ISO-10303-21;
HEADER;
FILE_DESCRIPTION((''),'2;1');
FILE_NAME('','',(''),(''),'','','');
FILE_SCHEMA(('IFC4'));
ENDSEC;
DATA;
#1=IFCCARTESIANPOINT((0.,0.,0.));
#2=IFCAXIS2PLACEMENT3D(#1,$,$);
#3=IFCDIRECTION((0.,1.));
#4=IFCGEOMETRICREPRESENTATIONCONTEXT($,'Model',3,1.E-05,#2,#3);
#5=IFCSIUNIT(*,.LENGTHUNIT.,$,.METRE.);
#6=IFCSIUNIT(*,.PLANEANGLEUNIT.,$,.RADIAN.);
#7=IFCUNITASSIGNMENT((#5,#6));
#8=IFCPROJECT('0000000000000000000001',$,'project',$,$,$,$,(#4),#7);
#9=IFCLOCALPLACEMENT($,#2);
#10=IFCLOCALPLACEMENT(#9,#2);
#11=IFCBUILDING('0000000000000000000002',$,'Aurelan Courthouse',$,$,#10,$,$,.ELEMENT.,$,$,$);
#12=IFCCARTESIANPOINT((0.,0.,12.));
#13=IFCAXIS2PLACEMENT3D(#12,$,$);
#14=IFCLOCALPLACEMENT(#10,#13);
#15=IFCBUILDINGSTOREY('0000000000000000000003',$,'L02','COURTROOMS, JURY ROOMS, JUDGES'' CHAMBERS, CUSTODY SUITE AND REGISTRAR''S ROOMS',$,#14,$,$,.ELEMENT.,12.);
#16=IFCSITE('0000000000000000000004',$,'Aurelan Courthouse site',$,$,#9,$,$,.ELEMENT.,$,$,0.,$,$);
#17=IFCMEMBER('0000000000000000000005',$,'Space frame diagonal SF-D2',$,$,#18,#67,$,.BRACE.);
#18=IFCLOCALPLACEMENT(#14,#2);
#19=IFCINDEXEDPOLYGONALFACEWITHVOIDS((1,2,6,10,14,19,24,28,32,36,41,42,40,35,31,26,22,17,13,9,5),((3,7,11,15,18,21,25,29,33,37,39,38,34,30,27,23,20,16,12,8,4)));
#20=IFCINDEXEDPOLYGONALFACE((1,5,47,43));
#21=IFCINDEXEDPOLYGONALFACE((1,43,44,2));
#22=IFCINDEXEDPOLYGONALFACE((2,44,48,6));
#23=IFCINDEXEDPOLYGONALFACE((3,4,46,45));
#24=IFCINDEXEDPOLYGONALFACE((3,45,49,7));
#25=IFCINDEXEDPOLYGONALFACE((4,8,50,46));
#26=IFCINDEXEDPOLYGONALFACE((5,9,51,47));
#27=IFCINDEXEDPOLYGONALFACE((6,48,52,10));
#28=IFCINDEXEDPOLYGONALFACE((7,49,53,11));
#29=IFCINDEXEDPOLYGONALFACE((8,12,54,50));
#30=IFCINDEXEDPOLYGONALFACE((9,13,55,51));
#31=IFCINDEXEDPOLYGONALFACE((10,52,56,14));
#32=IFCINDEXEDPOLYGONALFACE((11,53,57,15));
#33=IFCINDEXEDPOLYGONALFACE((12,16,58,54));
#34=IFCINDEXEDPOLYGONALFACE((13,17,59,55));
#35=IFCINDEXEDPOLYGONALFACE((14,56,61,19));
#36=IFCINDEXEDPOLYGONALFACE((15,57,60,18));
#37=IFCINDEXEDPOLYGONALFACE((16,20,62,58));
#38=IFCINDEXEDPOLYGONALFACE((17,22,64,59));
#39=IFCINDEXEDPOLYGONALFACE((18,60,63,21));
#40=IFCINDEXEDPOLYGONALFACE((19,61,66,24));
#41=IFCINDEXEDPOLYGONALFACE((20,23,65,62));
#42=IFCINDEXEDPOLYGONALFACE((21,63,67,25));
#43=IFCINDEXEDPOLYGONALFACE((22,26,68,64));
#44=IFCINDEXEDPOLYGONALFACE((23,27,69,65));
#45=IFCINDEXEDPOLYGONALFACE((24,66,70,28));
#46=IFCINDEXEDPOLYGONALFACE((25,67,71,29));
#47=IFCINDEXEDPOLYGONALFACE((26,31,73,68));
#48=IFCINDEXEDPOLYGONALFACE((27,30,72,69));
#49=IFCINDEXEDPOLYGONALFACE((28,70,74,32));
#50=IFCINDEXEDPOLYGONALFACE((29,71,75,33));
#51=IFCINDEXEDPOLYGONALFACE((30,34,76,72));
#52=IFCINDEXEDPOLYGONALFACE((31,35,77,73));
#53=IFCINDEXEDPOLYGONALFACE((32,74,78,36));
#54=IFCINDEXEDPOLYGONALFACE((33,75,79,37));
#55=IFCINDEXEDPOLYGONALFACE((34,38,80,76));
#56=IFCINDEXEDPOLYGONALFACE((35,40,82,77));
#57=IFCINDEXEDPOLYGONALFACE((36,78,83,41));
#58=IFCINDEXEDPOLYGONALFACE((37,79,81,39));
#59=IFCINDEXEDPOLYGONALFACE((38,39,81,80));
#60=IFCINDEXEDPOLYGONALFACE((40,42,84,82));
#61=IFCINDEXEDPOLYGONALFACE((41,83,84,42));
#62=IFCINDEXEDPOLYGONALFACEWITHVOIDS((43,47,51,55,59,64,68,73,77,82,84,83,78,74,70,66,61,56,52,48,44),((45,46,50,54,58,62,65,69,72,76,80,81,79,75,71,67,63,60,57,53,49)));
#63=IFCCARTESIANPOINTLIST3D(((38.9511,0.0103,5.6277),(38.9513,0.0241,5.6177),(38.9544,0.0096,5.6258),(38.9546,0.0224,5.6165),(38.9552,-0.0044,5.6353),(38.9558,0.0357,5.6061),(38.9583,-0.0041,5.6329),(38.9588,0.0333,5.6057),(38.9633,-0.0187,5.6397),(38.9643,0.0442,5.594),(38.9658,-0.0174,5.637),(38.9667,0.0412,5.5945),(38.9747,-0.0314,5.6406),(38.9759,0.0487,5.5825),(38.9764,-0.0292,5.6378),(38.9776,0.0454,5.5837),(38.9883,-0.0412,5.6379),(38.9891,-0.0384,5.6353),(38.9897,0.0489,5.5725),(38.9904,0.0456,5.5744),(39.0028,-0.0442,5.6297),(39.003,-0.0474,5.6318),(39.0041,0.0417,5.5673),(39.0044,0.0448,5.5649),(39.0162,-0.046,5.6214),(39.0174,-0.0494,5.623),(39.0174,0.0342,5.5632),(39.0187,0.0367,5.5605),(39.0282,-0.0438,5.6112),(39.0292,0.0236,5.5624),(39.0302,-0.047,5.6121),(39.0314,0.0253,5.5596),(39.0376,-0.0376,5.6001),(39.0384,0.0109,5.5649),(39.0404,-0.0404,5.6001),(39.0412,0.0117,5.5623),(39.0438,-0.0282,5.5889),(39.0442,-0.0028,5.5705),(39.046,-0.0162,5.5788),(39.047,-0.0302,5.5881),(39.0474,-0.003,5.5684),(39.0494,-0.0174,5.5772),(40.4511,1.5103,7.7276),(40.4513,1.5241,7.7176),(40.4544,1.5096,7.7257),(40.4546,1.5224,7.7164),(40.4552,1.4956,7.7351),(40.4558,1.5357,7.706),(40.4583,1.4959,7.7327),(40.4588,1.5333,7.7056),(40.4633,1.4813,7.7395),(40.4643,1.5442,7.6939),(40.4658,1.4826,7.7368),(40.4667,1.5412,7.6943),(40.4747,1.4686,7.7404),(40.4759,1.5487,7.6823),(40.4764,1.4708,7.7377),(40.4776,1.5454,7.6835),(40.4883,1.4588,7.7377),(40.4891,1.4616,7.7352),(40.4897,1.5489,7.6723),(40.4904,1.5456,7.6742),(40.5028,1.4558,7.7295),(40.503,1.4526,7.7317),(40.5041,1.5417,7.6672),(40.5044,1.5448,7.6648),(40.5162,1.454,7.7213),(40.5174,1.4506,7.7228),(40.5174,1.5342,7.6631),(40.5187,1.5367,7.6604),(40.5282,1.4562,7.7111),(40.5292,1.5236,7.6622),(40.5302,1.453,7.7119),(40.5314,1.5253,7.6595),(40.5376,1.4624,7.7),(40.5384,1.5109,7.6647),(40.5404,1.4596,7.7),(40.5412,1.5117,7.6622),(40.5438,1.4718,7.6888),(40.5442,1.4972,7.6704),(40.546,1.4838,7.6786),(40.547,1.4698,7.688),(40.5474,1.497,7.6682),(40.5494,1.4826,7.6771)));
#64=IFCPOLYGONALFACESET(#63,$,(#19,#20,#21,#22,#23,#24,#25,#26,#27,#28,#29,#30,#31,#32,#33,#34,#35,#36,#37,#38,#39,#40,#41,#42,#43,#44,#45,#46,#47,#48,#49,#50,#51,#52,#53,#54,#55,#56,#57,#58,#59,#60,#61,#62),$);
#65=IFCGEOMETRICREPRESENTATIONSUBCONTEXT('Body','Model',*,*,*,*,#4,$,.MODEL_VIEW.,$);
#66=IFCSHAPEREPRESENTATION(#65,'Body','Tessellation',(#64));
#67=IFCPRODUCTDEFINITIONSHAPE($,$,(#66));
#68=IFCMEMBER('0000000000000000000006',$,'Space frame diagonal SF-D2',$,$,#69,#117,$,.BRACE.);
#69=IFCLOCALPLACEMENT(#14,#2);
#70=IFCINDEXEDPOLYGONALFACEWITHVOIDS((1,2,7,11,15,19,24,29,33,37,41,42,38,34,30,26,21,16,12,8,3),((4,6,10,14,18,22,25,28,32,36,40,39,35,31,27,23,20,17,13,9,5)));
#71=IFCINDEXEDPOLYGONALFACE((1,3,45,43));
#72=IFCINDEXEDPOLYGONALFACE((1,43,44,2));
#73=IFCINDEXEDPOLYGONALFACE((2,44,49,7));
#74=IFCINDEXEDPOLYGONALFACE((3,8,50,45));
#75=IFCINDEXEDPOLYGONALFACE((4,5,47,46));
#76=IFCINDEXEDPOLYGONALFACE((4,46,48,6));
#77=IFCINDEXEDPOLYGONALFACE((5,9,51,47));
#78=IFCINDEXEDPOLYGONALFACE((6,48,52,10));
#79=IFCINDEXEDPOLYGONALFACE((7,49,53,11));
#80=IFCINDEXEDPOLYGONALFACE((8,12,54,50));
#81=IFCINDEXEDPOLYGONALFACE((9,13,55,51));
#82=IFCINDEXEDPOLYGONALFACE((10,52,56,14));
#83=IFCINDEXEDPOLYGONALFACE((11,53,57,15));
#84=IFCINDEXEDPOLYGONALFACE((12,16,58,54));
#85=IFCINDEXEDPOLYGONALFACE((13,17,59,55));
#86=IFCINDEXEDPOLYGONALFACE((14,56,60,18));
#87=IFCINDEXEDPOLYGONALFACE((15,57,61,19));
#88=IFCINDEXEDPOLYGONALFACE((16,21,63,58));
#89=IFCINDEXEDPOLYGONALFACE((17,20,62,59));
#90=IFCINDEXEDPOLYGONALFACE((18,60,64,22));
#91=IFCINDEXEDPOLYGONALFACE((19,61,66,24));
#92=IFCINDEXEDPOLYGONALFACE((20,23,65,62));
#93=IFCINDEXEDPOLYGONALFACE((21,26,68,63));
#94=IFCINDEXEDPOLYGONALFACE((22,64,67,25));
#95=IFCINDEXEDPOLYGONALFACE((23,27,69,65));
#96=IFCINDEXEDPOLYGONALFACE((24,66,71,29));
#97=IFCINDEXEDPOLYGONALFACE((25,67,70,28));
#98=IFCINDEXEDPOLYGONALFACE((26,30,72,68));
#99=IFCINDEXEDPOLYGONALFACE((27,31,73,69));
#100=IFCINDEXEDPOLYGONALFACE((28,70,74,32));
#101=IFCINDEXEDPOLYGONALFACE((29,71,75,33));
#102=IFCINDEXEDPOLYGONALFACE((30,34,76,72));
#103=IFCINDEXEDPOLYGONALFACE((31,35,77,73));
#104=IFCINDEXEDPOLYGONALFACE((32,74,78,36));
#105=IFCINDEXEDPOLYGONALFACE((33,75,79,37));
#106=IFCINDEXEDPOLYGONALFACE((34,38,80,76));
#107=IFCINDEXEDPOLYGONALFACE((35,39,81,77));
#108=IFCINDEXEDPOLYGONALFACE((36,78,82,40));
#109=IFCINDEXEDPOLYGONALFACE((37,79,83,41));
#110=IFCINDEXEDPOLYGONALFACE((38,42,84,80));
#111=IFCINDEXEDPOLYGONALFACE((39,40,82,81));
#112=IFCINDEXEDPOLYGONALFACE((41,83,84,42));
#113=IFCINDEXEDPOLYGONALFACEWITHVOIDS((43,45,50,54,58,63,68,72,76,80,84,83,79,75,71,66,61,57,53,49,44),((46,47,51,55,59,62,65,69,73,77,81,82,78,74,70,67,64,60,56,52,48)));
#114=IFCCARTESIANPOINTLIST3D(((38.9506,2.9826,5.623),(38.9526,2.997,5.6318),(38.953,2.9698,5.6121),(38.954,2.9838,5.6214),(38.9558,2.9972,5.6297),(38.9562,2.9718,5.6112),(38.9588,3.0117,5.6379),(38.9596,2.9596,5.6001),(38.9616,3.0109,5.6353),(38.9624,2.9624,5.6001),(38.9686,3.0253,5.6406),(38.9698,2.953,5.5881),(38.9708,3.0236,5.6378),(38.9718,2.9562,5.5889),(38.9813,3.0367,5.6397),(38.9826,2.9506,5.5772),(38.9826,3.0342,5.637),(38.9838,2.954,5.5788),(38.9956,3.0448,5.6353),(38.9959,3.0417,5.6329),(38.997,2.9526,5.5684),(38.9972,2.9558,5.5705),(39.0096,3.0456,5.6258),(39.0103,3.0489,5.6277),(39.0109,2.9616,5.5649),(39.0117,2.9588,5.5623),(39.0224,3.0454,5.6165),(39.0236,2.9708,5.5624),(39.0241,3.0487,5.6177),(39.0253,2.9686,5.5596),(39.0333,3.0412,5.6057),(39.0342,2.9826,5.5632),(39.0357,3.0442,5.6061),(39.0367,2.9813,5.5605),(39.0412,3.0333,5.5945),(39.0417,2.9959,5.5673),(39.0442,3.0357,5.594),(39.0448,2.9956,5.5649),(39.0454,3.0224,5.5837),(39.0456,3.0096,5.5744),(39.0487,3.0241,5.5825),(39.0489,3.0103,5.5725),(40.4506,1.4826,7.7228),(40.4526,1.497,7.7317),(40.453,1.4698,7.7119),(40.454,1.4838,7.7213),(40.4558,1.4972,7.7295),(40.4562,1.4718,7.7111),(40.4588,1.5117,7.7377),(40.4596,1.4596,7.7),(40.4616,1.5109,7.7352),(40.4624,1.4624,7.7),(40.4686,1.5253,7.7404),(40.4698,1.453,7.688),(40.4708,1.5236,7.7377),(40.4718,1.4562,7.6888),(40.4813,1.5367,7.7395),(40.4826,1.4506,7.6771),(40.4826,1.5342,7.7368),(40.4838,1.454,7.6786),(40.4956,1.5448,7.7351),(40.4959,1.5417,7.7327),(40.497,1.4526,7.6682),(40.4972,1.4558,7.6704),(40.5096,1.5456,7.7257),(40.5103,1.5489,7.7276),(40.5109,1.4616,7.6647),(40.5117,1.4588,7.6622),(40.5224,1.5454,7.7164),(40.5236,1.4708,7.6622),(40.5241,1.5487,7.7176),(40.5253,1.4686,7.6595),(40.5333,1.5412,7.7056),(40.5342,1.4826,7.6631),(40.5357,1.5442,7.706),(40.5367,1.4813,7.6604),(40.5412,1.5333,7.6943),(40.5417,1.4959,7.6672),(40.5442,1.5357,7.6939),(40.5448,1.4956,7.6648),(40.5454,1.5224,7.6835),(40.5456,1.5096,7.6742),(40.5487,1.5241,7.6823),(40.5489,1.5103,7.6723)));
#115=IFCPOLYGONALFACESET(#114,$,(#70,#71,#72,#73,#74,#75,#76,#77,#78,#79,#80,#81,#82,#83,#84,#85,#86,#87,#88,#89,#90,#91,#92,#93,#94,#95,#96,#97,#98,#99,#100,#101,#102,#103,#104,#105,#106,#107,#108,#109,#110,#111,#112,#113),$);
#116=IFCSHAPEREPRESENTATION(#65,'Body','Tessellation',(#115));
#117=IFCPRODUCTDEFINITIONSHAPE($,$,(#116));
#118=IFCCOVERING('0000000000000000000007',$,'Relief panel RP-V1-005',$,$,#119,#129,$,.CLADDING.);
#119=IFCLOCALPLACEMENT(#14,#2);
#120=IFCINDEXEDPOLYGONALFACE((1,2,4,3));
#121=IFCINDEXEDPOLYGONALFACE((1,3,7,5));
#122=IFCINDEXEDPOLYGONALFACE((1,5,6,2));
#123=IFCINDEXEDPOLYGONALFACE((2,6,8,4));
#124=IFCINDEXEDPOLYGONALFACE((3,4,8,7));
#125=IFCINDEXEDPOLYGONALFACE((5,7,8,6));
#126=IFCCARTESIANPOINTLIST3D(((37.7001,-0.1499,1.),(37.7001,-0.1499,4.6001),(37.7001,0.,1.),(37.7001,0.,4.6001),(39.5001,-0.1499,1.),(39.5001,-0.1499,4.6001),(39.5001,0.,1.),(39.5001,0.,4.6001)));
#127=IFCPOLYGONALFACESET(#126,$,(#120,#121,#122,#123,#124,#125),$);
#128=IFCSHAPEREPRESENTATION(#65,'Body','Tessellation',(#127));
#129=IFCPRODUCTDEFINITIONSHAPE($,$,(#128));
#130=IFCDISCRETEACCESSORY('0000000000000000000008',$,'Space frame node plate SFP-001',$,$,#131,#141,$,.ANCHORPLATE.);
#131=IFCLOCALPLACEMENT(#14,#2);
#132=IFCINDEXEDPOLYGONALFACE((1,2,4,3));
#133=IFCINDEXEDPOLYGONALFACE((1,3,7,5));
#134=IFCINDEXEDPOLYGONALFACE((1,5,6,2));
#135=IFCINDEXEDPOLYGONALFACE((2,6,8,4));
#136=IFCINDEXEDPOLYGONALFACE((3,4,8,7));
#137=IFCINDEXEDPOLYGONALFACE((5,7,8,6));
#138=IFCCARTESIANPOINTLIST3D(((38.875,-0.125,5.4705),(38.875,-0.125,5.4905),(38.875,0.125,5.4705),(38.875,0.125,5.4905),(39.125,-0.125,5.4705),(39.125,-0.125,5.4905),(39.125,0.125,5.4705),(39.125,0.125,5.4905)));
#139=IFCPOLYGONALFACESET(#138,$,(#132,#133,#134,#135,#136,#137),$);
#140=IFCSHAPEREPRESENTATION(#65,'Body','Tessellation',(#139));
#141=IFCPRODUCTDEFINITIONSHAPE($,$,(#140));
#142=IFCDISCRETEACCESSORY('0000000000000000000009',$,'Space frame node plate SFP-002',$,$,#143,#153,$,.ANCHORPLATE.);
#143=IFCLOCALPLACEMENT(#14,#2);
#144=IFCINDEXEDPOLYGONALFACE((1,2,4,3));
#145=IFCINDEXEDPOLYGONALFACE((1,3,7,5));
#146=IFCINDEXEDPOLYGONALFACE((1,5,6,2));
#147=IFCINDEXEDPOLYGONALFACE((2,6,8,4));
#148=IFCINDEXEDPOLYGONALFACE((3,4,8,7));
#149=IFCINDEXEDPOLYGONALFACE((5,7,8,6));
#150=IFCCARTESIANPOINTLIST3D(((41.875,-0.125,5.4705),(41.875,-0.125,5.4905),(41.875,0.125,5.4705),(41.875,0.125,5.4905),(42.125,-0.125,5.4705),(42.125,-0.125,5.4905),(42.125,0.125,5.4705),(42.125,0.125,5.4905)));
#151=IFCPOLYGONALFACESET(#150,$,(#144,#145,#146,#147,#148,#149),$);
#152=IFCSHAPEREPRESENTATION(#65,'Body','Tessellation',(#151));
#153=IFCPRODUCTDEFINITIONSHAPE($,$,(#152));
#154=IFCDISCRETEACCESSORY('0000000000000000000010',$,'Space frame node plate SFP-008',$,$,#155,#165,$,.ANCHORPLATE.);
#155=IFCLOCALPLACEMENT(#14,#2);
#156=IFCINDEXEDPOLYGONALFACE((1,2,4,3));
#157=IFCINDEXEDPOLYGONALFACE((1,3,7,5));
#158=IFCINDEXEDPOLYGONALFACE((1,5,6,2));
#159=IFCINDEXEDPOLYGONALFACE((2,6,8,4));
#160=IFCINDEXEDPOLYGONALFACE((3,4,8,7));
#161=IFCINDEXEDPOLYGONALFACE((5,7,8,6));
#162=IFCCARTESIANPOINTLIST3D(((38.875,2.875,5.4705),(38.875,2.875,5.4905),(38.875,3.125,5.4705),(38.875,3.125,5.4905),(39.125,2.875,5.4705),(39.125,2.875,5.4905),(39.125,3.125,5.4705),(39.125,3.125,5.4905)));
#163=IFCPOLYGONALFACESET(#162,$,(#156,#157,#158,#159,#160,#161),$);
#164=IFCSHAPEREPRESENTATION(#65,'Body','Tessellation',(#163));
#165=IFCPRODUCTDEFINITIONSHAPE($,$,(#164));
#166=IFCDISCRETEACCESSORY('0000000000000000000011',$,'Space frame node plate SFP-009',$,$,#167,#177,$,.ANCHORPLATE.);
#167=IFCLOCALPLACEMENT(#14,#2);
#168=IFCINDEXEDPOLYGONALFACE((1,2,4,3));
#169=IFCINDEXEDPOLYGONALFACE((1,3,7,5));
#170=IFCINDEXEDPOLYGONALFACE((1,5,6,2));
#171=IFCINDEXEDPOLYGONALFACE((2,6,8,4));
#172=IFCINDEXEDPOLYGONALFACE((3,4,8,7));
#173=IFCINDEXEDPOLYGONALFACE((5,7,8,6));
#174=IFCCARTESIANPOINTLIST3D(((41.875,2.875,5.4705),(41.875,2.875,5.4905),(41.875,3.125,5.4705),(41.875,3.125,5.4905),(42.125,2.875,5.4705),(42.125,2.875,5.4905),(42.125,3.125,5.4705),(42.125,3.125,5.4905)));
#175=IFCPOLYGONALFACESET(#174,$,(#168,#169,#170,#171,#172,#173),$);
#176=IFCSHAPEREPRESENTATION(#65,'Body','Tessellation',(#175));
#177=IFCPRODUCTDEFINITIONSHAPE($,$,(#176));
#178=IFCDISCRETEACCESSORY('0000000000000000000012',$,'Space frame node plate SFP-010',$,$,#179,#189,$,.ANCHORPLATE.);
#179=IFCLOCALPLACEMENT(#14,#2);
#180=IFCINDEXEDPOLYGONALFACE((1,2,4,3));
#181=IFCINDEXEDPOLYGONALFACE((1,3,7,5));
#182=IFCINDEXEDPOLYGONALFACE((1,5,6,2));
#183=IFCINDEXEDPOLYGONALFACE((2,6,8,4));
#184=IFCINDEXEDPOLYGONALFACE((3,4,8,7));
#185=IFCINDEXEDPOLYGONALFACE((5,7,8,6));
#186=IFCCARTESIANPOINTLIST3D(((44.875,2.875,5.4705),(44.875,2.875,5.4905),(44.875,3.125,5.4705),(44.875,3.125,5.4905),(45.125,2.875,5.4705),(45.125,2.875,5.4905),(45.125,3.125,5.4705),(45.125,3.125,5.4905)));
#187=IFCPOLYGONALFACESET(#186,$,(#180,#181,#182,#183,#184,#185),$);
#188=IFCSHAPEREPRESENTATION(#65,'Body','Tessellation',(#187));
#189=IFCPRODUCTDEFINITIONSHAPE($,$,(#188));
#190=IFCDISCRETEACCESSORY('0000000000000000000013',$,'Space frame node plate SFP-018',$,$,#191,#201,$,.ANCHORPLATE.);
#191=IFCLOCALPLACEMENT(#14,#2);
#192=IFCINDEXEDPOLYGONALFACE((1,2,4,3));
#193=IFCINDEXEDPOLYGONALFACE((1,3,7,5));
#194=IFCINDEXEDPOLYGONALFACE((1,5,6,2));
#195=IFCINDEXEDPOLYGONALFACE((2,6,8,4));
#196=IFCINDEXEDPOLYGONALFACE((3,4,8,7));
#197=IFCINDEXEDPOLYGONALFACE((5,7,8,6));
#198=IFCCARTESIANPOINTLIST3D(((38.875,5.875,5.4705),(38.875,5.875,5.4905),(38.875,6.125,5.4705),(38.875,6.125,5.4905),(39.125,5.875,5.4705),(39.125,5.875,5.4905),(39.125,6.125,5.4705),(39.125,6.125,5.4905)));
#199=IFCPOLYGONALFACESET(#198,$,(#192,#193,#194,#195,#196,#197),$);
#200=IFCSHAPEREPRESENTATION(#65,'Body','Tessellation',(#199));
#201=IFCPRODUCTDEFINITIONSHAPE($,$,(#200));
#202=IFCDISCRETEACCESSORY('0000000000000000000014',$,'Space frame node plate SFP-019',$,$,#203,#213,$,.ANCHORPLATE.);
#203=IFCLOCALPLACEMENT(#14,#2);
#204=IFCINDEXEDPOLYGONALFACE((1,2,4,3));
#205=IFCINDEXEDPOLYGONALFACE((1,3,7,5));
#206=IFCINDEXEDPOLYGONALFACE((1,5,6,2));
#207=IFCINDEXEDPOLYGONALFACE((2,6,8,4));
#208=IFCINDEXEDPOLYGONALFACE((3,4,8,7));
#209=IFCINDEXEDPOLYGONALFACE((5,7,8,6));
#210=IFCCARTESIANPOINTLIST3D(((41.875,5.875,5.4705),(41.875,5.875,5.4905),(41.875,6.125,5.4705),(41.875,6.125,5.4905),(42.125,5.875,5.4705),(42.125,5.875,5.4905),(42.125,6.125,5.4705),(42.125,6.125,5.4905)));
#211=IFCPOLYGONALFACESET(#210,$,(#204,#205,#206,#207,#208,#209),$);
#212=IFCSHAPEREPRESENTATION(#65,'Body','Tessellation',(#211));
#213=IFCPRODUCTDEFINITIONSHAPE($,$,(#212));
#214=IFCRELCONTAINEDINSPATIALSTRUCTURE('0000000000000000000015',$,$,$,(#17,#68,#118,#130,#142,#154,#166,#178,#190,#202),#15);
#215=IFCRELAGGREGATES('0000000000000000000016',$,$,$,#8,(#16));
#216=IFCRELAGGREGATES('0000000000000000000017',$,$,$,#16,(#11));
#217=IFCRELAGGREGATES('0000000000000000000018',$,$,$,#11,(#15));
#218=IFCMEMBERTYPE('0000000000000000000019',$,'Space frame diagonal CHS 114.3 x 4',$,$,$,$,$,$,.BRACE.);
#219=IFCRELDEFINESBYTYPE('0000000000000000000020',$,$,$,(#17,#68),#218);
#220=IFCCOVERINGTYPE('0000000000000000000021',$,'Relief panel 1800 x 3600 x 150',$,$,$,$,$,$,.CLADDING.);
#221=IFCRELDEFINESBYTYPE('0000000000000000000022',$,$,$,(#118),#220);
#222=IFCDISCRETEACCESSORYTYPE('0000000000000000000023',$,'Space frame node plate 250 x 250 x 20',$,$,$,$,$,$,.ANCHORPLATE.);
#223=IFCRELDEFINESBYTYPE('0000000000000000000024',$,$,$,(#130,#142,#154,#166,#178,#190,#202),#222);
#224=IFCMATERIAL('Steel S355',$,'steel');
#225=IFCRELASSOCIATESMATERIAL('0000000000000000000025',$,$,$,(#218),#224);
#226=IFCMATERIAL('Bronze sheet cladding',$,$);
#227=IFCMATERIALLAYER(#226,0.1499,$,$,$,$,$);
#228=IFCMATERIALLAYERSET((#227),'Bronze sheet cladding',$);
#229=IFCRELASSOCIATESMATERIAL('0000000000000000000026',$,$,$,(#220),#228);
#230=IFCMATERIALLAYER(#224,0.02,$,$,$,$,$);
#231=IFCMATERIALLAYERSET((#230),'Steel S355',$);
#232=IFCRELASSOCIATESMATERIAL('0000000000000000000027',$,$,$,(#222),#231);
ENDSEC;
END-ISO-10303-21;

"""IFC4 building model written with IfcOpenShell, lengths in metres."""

from ifc_helpers import new_model, si_unit, direction, frame, origin, origin_2d, place, context, subcontext, project, spatial, rectangle, hollow_circle, extrude, material, layer, layer_set, material_profile, profile_set, type_object, element, save


model = new_model("IFC4")

# Units and contexts
model_context = context("Model", 3, precision=1e-05, world=origin(), true_north=direction((0.0, 1.0)))
body_context = subcontext(model_context, "Body", "Model", "MODEL_VIEW")
ifc_project = project(units=[si_unit("LENGTHUNIT", "METRE"), si_unit("PLANEANGLEUNIT", "RADIAN")], contexts=[model_context])

# Site, building, storey
site_placement = place(None, origin())
site = spatial("IfcSite", under=ifc_project, at=site_placement, Name="Aurelan Courthouse site", CompositionType="ELEMENT", RefElevation=0.0)
building_placement = place(site_placement, origin())
building = spatial("IfcBuilding", under=site, at=building_placement, Name="Aurelan Courthouse", CompositionType="ELEMENT")
storey_placement = place(building_placement, frame((0.0, 0.0, 12.0)))
storey = spatial("IfcBuildingStorey", under=building, at=storey_placement, Name="L02", Description="COURTROOMS, JURY ROOMS, JUDGES' CHAMBERS, CUSTODY SUITE AND REGISTRAR'S ROOMS", CompositionType="ELEMENT", Elevation=12.0)

# Members
ifc_material_1 = material(Name="Steel S355", Category="steel")
ifc_material_profile_1 = material_profile(ifc_material_1, hollow_circle(Radius=0.0571, WallThickness=0.0039, at=origin_2d()), Name="CHS 114.3 x 4")
ifc_profile_set_1 = profile_set([ifc_material_profile_1], Name="Steel S355")
member_type_1 = type_object("IfcMemberType", Name="Space frame diagonal CHS 114.3 x 4", PredefinedType="BRACE", material=ifc_profile_set_1)
for number, where, z_axis, x_axis, name in (
    (1, (40.5, 1.5, 7.7), (-0.502536, -0.502536, -0.703502), (0.707107, -0.707107, 0.0), "Space frame diagonal SF-D2"),
    (2, (40.5, 1.5, 7.7), (-0.502536, 0.502536, -0.703502), (-0.707107, -0.707107, 0.0), "Space frame diagonal SF-D2"),
):
    element("IfcMember", number, at=place(storey_placement, frame(where, z_axis=z_axis, x_axis=x_axis)), inside=storey, type_object=member_type_1, Name=name, PredefinedType="BRACE", context=body_context, shape_type="SweptSolid", body=[
        extrude(hollow_circle(Radius=0.0571, WallThickness=0.0039, at=origin_2d()), origin(), (0.0, 0.0, 1.0), 2.9849),
    ])

# Covering
ifc_material_2 = material(Name="Bronze sheet cladding")
ifc_layer_1 = layer(ifc_material_2, 0.1499)
ifc_layer_set_1 = layer_set([ifc_layer_1], Name="Bronze sheet cladding")
covering_type = type_object("IfcCoveringType", Name="Relief panel 1800 x 3600 x 150", PredefinedType="CLADDING", material=ifc_layer_set_1)
covering_placement = place(storey_placement, frame((38.6001, -0.075, 1.0), z_axis=(0.0, 0.0, 1.0), x_axis=(1.0, 0.0, 0.0)))
element("IfcCovering", 3, at=covering_placement, inside=storey, type_object=covering_type, Name="Relief panel RP-V1-005", PredefinedType="CLADDING", context=body_context, shape_type="SweptSolid", body=[
    extrude(rectangle(XDim=1.8, YDim=0.1499, at=origin_2d()), origin(), (0.0, 0.0, 1.0), 3.6001),
])

# Discrete accessories
ifc_layer_2 = layer(ifc_material_1, 0.02)
ifc_layer_set_2 = layer_set([ifc_layer_2], Name="Steel S355")
discrete_accessory_type = type_object("IfcDiscreteAccessoryType", Name="Space frame node plate 250 x 250 x 20", PredefinedType="ANCHORPLATE", material=ifc_layer_set_2)
for number, where, z_axis, x_axis, name in (
    (4, (39.0, 0.0, 5.4705), (0.0, 0.0, 1.0), (1.0, 0.0, 0.0), "Space frame node plate SFP-001"),
    (5, (42.0, 0.0, 5.4705), (0.0, 0.0, 1.0), (1.0, 0.0, 0.0), "Space frame node plate SFP-002"),
    (6, (39.0, 3.0, 5.4705), (0.0, 0.0, 1.0), (1.0, 0.0, 0.0), "Space frame node plate SFP-008"),
    (7, (42.0, 3.0, 5.4705), (0.0, 0.0, 1.0), (1.0, 0.0, 0.0), "Space frame node plate SFP-009"),
    (8, (45.0, 3.0, 5.4705), (0.0, 0.0, 1.0), (1.0, 0.0, 0.0), "Space frame node plate SFP-010"),
    (9, (39.0, 6.0, 5.4705), (0.0, 0.0, 1.0), (1.0, 0.0, 0.0), "Space frame node plate SFP-018"),
    (10, (42.0, 6.0, 5.4705), (0.0, 0.0, 1.0), (1.0, 0.0, 0.0), "Space frame node plate SFP-019"),
):
    element("IfcDiscreteAccessory", number, at=place(storey_placement, frame(where, z_axis=z_axis, x_axis=x_axis)), inside=storey, type_object=discrete_accessory_type, Name=name, PredefinedType="ANCHORPLATE", context=body_context, shape_type="SweptSolid", body=[
        extrude(rectangle(XDim=0.25, YDim=0.25, at=origin_2d()), origin(), (0.0, 0.0, 1.0), 0.02),
    ])

save(model, "model.ifc")
